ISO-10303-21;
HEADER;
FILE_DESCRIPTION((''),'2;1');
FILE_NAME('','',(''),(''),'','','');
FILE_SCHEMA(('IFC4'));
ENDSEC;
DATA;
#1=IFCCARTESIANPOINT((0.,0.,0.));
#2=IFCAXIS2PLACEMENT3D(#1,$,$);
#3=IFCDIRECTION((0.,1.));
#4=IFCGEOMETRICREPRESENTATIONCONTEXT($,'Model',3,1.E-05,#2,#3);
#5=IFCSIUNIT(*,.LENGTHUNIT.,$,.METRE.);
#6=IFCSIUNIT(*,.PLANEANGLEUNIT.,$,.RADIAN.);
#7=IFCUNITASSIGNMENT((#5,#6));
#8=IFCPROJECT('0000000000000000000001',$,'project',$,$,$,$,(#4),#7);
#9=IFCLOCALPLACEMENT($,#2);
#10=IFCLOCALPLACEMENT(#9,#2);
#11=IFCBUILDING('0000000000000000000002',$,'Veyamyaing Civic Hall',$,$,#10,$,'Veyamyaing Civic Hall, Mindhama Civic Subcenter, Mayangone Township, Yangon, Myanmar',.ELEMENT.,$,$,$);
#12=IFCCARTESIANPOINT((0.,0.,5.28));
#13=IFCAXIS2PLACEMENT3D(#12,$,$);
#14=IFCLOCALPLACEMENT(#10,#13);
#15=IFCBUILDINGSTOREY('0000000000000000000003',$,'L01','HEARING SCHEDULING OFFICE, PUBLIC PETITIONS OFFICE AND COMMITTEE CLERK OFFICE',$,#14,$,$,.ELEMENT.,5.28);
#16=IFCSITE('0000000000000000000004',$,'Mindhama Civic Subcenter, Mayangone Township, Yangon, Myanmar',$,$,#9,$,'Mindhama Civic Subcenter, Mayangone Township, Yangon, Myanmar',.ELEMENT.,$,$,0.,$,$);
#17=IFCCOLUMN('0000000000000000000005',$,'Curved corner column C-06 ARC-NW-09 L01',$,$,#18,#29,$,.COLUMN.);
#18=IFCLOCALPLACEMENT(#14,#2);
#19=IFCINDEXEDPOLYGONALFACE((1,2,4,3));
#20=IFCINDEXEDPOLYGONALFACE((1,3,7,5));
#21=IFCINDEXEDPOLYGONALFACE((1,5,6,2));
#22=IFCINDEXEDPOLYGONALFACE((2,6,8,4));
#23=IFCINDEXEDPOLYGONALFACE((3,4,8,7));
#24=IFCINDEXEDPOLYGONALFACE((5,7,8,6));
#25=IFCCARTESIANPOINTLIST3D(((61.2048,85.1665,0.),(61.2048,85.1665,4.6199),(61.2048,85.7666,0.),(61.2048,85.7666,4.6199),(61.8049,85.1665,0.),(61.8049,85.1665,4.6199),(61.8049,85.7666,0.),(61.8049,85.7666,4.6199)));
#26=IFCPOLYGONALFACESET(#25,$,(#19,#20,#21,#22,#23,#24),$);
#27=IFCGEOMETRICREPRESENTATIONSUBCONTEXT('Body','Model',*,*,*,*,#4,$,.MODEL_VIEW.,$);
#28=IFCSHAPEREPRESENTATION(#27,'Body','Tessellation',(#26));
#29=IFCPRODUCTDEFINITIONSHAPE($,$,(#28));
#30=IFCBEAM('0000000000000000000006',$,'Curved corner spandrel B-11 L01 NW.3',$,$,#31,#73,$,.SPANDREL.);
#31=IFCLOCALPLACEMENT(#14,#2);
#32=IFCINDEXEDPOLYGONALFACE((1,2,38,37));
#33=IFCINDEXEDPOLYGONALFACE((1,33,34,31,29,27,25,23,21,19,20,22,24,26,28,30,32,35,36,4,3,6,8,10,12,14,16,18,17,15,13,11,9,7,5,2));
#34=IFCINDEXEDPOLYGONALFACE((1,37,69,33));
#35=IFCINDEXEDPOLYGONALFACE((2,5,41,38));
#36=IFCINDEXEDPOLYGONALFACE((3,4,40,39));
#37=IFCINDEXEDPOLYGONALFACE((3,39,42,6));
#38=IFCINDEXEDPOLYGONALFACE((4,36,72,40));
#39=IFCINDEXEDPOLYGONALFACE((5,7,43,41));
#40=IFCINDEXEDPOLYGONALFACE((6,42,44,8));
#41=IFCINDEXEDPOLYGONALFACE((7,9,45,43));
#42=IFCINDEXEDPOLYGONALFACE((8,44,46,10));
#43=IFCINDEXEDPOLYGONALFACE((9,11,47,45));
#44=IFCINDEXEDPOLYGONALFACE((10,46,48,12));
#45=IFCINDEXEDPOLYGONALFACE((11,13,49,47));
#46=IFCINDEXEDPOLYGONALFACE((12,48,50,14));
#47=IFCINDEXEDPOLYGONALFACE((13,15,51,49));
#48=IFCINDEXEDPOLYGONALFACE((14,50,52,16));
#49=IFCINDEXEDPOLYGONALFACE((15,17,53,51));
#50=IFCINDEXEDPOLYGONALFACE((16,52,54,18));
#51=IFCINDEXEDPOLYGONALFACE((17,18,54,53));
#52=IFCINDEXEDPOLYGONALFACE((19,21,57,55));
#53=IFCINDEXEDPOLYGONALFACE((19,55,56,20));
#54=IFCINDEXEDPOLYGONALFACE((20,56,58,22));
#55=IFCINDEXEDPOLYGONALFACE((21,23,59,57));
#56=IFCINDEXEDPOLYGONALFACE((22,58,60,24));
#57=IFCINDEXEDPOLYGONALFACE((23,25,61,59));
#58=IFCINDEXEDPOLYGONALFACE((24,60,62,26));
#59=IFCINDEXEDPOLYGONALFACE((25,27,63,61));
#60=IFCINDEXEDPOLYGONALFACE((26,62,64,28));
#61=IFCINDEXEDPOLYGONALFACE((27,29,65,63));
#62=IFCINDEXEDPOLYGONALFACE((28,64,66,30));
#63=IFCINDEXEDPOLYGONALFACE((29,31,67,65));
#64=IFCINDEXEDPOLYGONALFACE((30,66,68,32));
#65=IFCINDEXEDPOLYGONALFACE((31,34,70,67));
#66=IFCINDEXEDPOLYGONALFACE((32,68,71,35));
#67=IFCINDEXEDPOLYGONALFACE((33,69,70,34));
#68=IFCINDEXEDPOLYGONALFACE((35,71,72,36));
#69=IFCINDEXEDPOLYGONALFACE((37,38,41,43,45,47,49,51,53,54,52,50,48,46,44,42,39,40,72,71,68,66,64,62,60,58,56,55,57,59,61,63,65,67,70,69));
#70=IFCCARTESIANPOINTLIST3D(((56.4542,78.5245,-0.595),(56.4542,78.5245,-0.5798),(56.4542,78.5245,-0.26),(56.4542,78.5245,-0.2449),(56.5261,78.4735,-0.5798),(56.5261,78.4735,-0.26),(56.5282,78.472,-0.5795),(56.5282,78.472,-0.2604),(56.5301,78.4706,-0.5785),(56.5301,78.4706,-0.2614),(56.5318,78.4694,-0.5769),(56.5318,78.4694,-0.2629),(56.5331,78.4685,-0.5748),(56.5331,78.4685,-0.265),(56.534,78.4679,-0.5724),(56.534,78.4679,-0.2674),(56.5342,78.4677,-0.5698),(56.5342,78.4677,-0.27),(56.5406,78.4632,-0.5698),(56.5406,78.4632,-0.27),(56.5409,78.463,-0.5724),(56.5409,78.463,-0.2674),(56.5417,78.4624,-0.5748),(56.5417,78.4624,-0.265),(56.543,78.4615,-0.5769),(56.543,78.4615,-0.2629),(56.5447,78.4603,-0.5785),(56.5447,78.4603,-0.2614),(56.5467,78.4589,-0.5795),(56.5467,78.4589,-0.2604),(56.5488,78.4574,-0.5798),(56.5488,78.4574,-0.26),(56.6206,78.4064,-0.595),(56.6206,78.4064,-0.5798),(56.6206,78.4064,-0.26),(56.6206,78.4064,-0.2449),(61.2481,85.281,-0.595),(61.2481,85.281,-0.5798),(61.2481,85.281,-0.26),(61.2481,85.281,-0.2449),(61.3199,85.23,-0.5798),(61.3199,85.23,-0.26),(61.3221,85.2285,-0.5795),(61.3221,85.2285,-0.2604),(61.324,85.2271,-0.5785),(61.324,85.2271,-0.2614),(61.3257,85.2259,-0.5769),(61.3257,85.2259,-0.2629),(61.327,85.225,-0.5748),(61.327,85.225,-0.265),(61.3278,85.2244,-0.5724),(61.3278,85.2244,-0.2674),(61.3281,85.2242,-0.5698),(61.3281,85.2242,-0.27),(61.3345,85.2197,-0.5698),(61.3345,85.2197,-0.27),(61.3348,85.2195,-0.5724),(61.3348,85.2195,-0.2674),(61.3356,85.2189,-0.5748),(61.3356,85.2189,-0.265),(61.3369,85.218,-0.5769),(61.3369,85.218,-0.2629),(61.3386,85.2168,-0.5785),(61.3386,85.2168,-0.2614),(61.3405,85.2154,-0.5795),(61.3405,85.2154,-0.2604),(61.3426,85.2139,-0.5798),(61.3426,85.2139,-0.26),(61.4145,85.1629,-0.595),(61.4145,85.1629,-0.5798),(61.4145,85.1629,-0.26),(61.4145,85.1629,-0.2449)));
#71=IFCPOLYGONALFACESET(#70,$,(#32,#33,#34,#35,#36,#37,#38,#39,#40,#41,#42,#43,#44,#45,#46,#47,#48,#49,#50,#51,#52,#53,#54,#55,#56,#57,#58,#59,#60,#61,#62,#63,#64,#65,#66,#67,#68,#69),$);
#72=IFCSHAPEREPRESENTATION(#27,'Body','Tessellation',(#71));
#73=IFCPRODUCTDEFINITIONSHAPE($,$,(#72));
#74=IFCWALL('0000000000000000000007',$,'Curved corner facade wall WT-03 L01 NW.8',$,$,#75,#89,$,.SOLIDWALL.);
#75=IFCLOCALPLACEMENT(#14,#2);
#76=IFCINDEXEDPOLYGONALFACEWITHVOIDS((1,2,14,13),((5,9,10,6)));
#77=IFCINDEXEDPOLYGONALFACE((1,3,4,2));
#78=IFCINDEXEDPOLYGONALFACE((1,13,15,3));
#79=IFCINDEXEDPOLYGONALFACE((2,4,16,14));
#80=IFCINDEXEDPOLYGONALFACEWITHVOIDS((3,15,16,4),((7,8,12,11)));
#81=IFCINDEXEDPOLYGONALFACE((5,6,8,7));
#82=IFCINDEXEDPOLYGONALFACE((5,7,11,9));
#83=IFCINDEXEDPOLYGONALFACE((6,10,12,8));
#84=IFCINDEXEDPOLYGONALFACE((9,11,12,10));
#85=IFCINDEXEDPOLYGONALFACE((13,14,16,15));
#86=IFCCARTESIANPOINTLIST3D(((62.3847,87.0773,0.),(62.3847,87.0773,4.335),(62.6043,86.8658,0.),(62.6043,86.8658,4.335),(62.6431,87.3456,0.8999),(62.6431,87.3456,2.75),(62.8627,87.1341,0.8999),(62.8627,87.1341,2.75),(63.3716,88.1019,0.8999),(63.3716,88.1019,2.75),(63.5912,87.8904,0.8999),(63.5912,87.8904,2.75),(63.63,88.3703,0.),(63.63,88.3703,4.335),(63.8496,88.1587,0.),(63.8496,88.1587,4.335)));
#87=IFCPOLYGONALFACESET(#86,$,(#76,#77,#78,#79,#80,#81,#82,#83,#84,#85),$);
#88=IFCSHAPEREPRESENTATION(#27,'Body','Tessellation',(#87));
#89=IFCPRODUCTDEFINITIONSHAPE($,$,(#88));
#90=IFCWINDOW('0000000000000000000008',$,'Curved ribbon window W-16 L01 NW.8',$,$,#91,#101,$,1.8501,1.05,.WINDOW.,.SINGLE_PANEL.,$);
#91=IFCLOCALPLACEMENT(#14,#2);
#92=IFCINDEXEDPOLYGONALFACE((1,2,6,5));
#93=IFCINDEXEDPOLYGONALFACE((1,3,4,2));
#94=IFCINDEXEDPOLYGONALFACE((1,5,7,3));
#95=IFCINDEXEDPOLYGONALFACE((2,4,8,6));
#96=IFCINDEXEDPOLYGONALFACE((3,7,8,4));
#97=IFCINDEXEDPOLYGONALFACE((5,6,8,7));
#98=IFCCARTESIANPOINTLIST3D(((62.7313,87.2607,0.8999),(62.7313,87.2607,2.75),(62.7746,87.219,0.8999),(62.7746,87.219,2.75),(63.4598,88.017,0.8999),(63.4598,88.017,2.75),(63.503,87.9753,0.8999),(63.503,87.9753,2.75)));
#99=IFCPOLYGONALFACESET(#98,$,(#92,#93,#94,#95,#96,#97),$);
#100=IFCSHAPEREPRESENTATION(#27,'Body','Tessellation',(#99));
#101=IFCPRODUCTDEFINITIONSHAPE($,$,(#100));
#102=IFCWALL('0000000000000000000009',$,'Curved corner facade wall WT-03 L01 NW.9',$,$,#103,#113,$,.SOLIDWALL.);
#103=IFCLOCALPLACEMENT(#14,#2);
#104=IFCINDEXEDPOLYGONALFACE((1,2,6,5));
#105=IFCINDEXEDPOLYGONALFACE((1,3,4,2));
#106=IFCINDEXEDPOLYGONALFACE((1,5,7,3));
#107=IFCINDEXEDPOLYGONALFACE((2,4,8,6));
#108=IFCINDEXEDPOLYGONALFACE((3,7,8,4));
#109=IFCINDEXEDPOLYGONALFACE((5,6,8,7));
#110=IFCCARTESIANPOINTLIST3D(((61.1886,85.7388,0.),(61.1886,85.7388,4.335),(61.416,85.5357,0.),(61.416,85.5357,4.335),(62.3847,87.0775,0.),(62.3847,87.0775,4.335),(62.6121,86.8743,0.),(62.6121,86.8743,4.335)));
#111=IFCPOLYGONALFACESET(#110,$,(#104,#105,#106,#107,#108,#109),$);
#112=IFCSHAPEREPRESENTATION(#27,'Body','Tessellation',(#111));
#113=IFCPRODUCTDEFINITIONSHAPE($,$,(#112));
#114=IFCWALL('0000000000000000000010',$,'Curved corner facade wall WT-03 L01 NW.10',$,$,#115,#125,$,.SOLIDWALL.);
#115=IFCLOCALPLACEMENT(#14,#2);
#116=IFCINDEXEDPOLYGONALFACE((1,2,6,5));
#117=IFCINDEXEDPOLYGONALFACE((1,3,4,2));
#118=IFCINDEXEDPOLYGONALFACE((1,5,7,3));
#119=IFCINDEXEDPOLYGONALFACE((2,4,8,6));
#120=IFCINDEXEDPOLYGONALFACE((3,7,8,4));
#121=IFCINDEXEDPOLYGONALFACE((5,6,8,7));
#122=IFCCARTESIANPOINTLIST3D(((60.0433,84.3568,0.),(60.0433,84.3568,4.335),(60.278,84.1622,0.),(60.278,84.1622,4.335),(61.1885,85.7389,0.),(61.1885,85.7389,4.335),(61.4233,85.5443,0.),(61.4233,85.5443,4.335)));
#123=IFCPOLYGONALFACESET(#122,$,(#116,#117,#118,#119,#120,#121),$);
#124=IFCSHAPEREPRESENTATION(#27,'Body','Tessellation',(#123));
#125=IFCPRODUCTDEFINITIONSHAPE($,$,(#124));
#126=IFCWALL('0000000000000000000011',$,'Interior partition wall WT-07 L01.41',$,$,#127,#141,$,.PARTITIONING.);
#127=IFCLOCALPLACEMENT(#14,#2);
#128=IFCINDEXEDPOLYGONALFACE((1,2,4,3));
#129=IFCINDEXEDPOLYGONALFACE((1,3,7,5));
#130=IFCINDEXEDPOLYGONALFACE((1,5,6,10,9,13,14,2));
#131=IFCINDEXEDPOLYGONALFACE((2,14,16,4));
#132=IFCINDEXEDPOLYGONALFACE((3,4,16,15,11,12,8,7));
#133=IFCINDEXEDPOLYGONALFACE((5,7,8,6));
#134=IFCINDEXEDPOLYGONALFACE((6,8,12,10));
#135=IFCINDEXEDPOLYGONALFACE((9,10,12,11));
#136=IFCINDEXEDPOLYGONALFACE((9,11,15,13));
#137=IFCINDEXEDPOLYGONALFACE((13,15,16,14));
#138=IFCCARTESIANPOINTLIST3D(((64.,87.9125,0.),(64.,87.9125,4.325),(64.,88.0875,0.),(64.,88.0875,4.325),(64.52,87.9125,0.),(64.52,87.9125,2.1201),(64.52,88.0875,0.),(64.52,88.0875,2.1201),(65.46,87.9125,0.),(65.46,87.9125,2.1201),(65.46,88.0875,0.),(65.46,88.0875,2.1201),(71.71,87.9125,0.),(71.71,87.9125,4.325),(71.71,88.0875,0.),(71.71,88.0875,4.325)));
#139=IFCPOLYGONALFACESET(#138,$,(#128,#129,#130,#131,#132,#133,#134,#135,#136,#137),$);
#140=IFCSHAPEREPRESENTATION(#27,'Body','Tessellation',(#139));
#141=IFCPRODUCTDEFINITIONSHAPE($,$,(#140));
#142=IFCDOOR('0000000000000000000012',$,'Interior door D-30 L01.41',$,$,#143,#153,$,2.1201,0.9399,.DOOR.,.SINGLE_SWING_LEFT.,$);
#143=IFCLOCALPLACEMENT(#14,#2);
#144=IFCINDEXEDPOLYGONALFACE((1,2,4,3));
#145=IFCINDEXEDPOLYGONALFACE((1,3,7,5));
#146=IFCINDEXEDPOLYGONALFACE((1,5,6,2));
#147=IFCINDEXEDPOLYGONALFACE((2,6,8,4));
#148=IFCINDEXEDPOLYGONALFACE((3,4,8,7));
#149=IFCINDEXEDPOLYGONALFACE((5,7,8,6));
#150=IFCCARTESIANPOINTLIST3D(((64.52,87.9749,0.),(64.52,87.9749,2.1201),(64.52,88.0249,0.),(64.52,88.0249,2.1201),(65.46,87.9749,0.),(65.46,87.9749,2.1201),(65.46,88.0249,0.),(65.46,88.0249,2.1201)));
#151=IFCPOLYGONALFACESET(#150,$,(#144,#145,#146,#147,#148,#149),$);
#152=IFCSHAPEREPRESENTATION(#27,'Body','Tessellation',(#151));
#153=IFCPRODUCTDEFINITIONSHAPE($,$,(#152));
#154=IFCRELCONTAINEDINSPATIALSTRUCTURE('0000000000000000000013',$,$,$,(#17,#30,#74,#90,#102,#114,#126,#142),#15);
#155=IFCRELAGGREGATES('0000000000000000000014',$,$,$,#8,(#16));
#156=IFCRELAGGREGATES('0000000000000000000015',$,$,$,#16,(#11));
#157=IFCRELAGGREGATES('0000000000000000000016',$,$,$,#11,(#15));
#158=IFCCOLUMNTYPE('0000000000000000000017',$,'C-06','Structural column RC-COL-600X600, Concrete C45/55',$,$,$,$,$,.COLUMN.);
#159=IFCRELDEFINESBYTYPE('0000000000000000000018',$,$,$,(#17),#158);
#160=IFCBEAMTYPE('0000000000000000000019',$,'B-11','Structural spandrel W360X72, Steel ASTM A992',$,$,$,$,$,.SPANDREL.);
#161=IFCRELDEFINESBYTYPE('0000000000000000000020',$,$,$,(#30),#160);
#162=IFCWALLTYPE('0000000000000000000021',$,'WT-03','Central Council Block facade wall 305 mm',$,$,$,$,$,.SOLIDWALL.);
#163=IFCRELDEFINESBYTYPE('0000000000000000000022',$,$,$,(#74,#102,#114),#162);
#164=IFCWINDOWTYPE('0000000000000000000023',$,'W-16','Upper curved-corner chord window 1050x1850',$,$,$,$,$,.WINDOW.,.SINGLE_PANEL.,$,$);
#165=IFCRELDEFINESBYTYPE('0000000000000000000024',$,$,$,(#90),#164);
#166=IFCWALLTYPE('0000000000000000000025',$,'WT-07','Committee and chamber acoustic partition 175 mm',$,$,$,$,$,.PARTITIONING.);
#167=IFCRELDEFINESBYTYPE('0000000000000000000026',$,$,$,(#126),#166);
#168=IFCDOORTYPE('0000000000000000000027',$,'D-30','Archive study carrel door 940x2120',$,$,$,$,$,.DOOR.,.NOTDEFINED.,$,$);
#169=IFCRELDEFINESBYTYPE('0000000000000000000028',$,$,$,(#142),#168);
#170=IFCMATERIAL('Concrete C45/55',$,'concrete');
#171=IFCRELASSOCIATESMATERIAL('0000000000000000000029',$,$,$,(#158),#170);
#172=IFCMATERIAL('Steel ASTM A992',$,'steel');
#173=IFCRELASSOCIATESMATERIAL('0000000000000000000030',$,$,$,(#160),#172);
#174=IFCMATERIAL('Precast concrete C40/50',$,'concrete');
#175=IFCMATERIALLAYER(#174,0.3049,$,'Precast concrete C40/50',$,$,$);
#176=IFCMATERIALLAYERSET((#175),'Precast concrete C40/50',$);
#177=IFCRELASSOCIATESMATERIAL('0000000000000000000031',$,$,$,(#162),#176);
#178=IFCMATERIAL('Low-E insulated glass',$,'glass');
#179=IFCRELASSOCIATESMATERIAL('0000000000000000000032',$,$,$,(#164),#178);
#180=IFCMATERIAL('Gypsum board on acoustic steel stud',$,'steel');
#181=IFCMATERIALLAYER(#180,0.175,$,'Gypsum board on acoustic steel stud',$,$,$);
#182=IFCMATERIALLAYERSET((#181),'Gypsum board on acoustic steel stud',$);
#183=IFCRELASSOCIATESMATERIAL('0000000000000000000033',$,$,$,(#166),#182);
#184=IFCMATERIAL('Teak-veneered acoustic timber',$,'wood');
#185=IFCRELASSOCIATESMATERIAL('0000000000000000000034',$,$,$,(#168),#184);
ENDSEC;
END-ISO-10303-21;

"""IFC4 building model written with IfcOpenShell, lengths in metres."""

from ifc_helpers import new_model, si_unit, direction, frame, frame_2d, origin, origin_2d, place, context, subcontext, project, spatial, rectangle, i_section, extrude, material, layer, layer_set, material_profile, profile_set, type_object, element, fill, save


model = new_model("IFC4")

# Units and contexts
model_context = context("Model", 3, precision=1e-05, world=origin(), true_north=direction((0.0, 1.0)))
body_context = subcontext(model_context, "Body", "Model", "MODEL_VIEW")
ifc_project = project(units=[si_unit("LENGTHUNIT", "METRE"), si_unit("PLANEANGLEUNIT", "RADIAN")], contexts=[model_context])

# Site, building, storey
site_placement = place(None, origin())
site = spatial("IfcSite", under=ifc_project, at=site_placement, Name="Mindhama Civic Subcenter, Mayangone Township, Yangon, Myanmar", LongName="Mindhama Civic Subcenter, Mayangone Township, Yangon, Myanmar", CompositionType="ELEMENT", RefElevation=0.0)
building_placement = place(site_placement, origin())
building = spatial("IfcBuilding", under=site, at=building_placement, Name="Veyamyaing Civic Hall", LongName="Veyamyaing Civic Hall, Mindhama Civic Subcenter, Mayangone Township, Yangon, Myanmar", CompositionType="ELEMENT")
storey_placement = place(building_placement, frame((0.0, 0.0, 5.28)))
storey = spatial("IfcBuildingStorey", under=building, at=storey_placement, Name="L01", Description="HEARING SCHEDULING OFFICE, PUBLIC PETITIONS OFFICE AND COMMITTEE CLERK OFFICE", CompositionType="ELEMENT", Elevation=5.28)

# Column
ifc_material_1 = material(Name="Concrete C45/55", Category="concrete")
ifc_material_profile_1 = material_profile(ifc_material_1, rectangle(XDim=0.6001, YDim=0.6001, at=origin_2d()), Name="RC-COL-600X600")
ifc_profile_set_1 = profile_set([ifc_material_profile_1], Name="Concrete C45/55")
column_type = type_object("IfcColumnType", Name="C-06", Description="Structural column RC-COL-600X600, Concrete C45/55", PredefinedType="COLUMN", material=ifc_profile_set_1)
column_placement = place(storey_placement, frame((61.5049, 85.4666, 0.0), z_axis=(0.0, 0.0, 1.0), x_axis=(1.0, 0.0, 0.0)))
element("IfcColumn", 1, at=column_placement, inside=storey, type_object=column_type, Name="Curved corner column C-06 ARC-NW-09 L01", PredefinedType="COLUMN", context=body_context, shape_type="SweptSolid", body=[
    extrude(rectangle(XDim=0.6001, YDim=0.6001, at=origin_2d()), origin(), (0.0, 0.0, 1.0), 4.6199),
])

# Beam
ifc_material_2 = material(Name="Steel ASTM A992", Category="steel")
ifc_material_profile_2 = material_profile(ifc_material_2, i_section(OverallWidth=0.2041, OverallDepth=0.3501, WebThickness=0.0078, FlangeThickness=0.0151, FilletRadius=0.01, at=origin_2d()), Name="W360X72")
ifc_profile_set_2 = profile_set([ifc_material_profile_2], Name="Steel ASTM A992")
beam_type = type_object("IfcBeamType", Name="B-11", Description="Structural spandrel W360X72, Steel ASTM A992", PredefinedType="SPANDREL", material=ifc_profile_set_2)
beam_placement = place(storey_placement, frame((61.3313, 85.2219, -0.4199), z_axis=(-0.578662, -0.815567, 0.0), x_axis=(0.815567, -0.578662, 0.0)))
element("IfcBeam", 2, at=beam_placement, inside=storey, type_object=beam_type, Name="Curved corner spandrel B-11 L01 NW.3", PredefinedType="SPANDREL", context=body_context, shape_type="SweptSolid", body=[
    extrude(i_section(OverallWidth=0.2041, OverallDepth=0.3501, WebThickness=0.0078, FlangeThickness=0.0151, FilletRadius=0.01, at=origin_2d()), origin(), (0.0, 0.0, 1.0), 8.2844),
])

# Wall, opening, window
ifc_material_3 = material(Name="Precast concrete C40/50", Category="concrete")
ifc_layer_1 = layer(ifc_material_3, 0.3049, Name="Precast concrete C40/50")
ifc_layer_set_1 = layer_set([ifc_layer_1], Name="Precast concrete C40/50")
wall_type_1 = type_object("IfcWallType", Name="WT-03", Description="Central Council Block facade wall 305 mm", PredefinedType="SOLIDWALL", material=ifc_layer_set_1)
wall_1_placement = place(storey_placement, frame((63.7397, 88.2644, 0.0), z_axis=(0.0, 0.0, 1.0), x_axis=(-0.693723, -0.720242, 0.0)))
wall_1 = element("IfcWall", 3, at=wall_1_placement, inside=storey, type_object=wall_type_1, Name="Curved corner facade wall WT-03 L01 NW.8", PredefinedType="SOLIDWALL", context=body_context, shape_type="SweptSolid", body=[
    extrude(rectangle(XDim=1.7952, YDim=0.3049, at=frame_2d((0.8975, 0.0))), origin(), (0.0, 0.0, 1.0), 4.335),
])
opening_1_placement = place(wall_1_placement, frame((0.3726, 0.0, 0.8999)))
opening_1 = element("IfcOpeningElement", 4, at=opening_1_placement, cuts=wall_1, PredefinedType="OPENING", context=body_context, shape_type="SweptSolid", body=[
    extrude(rectangle(XDim=1.05, YDim=1.8501, at=frame_2d((0.5249, 0.925))), frame((0.0, 0.1624, 0.0), z_axis=(0.0, -1.0, 0.0), x_axis=(1.0, 0.0, 0.0)), (0.0, 0.0, 1.0), 0.325),
])
ifc_material_4 = material(Name="Low-E insulated glass", Category="glass")
window_type = type_object("IfcWindowType", Name="W-16", Description="Upper curved-corner chord window 1050x1850", PartitioningType="SINGLE_PANEL", PredefinedType="WINDOW", material=ifc_material_4)
window_placement = place(opening_1_placement, origin())
window = element("IfcWindow", 5, at=window_placement, inside=storey, type_object=window_type, Name="Curved ribbon window W-16 L01 NW.8", OverallHeight=1.8501, OverallWidth=1.05, PartitioningType="SINGLE_PANEL", PredefinedType="WINDOW", context=body_context, shape_type="SweptSolid", body=[
    extrude(rectangle(XDim=1.05, YDim=1.8501, at=frame_2d((0.5249, 0.925))), frame((0.0, 0.03, 0.0), z_axis=(0.0, -1.0, 0.0), x_axis=(1.0, 0.0, 0.0)), (0.0, 0.0, 1.0), 0.0601),
])
fill(opening_1, window)

# Walls
wall_2_placement = place(storey_placement, frame((62.4983, 86.9758, 0.0), z_axis=(0.0, 0.0, 1.0), x_axis=(-0.666278, -0.745704, 0.0)))
element("IfcWall", 6, at=wall_2_placement, inside=storey, type_object=wall_type_1, Name="Curved corner facade wall WT-03 L01 NW.9", PredefinedType="SOLIDWALL", context=body_context, shape_type="SweptSolid", body=[
    extrude(rectangle(XDim=1.7952, YDim=0.3049, at=frame_2d((0.8975, 0.0))), origin(), (0.0, 0.0, 1.0), 4.335),
])
wall_3_placement = place(storey_placement, frame((61.3059, 85.6416, 0.0), z_axis=(0.0, 0.0, 1.0), x_axis=(-0.638055, -0.769991, 0.0)))
element("IfcWall", 7, at=wall_3_placement, inside=storey, type_object=wall_type_1, Name="Curved corner facade wall WT-03 L01 NW.10", PredefinedType="SOLIDWALL", context=body_context, shape_type="SweptSolid", body=[
    extrude(rectangle(XDim=1.7949, YDim=0.3049, at=frame_2d((0.8975, 0.0))), origin(), (0.0, 0.0, 1.0), 4.335),
])

# Wall, opening, door
ifc_material_5 = material(Name="Gypsum board on acoustic steel stud", Category="steel")
ifc_layer_2 = layer(ifc_material_5, 0.175, Name="Gypsum board on acoustic steel stud")
ifc_layer_set_2 = layer_set([ifc_layer_2], Name="Gypsum board on acoustic steel stud")
wall_type_2 = type_object("IfcWallType", Name="WT-07", Description="Committee and chamber acoustic partition 175 mm", PredefinedType="PARTITIONING", material=ifc_layer_set_2)
wall_4_placement = place(storey_placement, frame((64.0, 88.0, 0.0), z_axis=(0.0, 0.0, 1.0), x_axis=(1.0, 0.0, 0.0)))
wall_4 = element("IfcWall", 8, at=wall_4_placement, inside=storey, type_object=wall_type_2, Name="Interior partition wall WT-07 L01.41", PredefinedType="PARTITIONING", context=body_context, shape_type="SweptSolid", body=[
    extrude(rectangle(XDim=7.71, YDim=0.175, at=frame_2d((3.855, 0.0))), origin(), (0.0, 0.0, 1.0), 4.325),
])
opening_2_placement = place(wall_4_placement, frame((0.52, 0.0, 0.0)))
opening_2 = element("IfcOpeningElement", 9, at=opening_2_placement, cuts=wall_4, PredefinedType="OPENING", context=body_context, shape_type="SweptSolid", body=[
    extrude(rectangle(XDim=0.9399, YDim=2.1201, at=frame_2d((0.47, 1.0601))), frame((0.0, 0.0974, 0.0), z_axis=(0.0, -1.0, 0.0), x_axis=(1.0, 0.0, 0.0)), (0.0, 0.0, 1.0), 0.1951),
])
ifc_material_6 = material(Name="Teak-veneered acoustic timber", Category="wood")
door_type_1 = type_object("IfcDoorType", Name="D-30", Description="Archive study carrel door 940x2120", OperationType="NOTDEFINED", PredefinedType="DOOR", material=ifc_material_6)
door_1_placement = place(opening_2_placement, origin())
door_1 = element("IfcDoor", 10, at=door_1_placement, inside=storey, type_object=door_type_1, Name="Interior door D-30 L01.41", OperationType="SINGLE_SWING_LEFT", OverallHeight=2.1201, OverallWidth=0.9399, PredefinedType="DOOR", context=body_context, shape_type="SweptSolid", body=[
    extrude(rectangle(XDim=0.9399, YDim=2.1201, at=frame_2d((0.47, 1.0601))), frame((0.0, 0.0249, 0.0), z_axis=(0.0, -1.0, 0.0), x_axis=(1.0, 0.0, 0.0)), (0.0, 0.0, 1.0), 0.05),
])
fill(opening_2, door_1)

save(model, "model.ifc")
